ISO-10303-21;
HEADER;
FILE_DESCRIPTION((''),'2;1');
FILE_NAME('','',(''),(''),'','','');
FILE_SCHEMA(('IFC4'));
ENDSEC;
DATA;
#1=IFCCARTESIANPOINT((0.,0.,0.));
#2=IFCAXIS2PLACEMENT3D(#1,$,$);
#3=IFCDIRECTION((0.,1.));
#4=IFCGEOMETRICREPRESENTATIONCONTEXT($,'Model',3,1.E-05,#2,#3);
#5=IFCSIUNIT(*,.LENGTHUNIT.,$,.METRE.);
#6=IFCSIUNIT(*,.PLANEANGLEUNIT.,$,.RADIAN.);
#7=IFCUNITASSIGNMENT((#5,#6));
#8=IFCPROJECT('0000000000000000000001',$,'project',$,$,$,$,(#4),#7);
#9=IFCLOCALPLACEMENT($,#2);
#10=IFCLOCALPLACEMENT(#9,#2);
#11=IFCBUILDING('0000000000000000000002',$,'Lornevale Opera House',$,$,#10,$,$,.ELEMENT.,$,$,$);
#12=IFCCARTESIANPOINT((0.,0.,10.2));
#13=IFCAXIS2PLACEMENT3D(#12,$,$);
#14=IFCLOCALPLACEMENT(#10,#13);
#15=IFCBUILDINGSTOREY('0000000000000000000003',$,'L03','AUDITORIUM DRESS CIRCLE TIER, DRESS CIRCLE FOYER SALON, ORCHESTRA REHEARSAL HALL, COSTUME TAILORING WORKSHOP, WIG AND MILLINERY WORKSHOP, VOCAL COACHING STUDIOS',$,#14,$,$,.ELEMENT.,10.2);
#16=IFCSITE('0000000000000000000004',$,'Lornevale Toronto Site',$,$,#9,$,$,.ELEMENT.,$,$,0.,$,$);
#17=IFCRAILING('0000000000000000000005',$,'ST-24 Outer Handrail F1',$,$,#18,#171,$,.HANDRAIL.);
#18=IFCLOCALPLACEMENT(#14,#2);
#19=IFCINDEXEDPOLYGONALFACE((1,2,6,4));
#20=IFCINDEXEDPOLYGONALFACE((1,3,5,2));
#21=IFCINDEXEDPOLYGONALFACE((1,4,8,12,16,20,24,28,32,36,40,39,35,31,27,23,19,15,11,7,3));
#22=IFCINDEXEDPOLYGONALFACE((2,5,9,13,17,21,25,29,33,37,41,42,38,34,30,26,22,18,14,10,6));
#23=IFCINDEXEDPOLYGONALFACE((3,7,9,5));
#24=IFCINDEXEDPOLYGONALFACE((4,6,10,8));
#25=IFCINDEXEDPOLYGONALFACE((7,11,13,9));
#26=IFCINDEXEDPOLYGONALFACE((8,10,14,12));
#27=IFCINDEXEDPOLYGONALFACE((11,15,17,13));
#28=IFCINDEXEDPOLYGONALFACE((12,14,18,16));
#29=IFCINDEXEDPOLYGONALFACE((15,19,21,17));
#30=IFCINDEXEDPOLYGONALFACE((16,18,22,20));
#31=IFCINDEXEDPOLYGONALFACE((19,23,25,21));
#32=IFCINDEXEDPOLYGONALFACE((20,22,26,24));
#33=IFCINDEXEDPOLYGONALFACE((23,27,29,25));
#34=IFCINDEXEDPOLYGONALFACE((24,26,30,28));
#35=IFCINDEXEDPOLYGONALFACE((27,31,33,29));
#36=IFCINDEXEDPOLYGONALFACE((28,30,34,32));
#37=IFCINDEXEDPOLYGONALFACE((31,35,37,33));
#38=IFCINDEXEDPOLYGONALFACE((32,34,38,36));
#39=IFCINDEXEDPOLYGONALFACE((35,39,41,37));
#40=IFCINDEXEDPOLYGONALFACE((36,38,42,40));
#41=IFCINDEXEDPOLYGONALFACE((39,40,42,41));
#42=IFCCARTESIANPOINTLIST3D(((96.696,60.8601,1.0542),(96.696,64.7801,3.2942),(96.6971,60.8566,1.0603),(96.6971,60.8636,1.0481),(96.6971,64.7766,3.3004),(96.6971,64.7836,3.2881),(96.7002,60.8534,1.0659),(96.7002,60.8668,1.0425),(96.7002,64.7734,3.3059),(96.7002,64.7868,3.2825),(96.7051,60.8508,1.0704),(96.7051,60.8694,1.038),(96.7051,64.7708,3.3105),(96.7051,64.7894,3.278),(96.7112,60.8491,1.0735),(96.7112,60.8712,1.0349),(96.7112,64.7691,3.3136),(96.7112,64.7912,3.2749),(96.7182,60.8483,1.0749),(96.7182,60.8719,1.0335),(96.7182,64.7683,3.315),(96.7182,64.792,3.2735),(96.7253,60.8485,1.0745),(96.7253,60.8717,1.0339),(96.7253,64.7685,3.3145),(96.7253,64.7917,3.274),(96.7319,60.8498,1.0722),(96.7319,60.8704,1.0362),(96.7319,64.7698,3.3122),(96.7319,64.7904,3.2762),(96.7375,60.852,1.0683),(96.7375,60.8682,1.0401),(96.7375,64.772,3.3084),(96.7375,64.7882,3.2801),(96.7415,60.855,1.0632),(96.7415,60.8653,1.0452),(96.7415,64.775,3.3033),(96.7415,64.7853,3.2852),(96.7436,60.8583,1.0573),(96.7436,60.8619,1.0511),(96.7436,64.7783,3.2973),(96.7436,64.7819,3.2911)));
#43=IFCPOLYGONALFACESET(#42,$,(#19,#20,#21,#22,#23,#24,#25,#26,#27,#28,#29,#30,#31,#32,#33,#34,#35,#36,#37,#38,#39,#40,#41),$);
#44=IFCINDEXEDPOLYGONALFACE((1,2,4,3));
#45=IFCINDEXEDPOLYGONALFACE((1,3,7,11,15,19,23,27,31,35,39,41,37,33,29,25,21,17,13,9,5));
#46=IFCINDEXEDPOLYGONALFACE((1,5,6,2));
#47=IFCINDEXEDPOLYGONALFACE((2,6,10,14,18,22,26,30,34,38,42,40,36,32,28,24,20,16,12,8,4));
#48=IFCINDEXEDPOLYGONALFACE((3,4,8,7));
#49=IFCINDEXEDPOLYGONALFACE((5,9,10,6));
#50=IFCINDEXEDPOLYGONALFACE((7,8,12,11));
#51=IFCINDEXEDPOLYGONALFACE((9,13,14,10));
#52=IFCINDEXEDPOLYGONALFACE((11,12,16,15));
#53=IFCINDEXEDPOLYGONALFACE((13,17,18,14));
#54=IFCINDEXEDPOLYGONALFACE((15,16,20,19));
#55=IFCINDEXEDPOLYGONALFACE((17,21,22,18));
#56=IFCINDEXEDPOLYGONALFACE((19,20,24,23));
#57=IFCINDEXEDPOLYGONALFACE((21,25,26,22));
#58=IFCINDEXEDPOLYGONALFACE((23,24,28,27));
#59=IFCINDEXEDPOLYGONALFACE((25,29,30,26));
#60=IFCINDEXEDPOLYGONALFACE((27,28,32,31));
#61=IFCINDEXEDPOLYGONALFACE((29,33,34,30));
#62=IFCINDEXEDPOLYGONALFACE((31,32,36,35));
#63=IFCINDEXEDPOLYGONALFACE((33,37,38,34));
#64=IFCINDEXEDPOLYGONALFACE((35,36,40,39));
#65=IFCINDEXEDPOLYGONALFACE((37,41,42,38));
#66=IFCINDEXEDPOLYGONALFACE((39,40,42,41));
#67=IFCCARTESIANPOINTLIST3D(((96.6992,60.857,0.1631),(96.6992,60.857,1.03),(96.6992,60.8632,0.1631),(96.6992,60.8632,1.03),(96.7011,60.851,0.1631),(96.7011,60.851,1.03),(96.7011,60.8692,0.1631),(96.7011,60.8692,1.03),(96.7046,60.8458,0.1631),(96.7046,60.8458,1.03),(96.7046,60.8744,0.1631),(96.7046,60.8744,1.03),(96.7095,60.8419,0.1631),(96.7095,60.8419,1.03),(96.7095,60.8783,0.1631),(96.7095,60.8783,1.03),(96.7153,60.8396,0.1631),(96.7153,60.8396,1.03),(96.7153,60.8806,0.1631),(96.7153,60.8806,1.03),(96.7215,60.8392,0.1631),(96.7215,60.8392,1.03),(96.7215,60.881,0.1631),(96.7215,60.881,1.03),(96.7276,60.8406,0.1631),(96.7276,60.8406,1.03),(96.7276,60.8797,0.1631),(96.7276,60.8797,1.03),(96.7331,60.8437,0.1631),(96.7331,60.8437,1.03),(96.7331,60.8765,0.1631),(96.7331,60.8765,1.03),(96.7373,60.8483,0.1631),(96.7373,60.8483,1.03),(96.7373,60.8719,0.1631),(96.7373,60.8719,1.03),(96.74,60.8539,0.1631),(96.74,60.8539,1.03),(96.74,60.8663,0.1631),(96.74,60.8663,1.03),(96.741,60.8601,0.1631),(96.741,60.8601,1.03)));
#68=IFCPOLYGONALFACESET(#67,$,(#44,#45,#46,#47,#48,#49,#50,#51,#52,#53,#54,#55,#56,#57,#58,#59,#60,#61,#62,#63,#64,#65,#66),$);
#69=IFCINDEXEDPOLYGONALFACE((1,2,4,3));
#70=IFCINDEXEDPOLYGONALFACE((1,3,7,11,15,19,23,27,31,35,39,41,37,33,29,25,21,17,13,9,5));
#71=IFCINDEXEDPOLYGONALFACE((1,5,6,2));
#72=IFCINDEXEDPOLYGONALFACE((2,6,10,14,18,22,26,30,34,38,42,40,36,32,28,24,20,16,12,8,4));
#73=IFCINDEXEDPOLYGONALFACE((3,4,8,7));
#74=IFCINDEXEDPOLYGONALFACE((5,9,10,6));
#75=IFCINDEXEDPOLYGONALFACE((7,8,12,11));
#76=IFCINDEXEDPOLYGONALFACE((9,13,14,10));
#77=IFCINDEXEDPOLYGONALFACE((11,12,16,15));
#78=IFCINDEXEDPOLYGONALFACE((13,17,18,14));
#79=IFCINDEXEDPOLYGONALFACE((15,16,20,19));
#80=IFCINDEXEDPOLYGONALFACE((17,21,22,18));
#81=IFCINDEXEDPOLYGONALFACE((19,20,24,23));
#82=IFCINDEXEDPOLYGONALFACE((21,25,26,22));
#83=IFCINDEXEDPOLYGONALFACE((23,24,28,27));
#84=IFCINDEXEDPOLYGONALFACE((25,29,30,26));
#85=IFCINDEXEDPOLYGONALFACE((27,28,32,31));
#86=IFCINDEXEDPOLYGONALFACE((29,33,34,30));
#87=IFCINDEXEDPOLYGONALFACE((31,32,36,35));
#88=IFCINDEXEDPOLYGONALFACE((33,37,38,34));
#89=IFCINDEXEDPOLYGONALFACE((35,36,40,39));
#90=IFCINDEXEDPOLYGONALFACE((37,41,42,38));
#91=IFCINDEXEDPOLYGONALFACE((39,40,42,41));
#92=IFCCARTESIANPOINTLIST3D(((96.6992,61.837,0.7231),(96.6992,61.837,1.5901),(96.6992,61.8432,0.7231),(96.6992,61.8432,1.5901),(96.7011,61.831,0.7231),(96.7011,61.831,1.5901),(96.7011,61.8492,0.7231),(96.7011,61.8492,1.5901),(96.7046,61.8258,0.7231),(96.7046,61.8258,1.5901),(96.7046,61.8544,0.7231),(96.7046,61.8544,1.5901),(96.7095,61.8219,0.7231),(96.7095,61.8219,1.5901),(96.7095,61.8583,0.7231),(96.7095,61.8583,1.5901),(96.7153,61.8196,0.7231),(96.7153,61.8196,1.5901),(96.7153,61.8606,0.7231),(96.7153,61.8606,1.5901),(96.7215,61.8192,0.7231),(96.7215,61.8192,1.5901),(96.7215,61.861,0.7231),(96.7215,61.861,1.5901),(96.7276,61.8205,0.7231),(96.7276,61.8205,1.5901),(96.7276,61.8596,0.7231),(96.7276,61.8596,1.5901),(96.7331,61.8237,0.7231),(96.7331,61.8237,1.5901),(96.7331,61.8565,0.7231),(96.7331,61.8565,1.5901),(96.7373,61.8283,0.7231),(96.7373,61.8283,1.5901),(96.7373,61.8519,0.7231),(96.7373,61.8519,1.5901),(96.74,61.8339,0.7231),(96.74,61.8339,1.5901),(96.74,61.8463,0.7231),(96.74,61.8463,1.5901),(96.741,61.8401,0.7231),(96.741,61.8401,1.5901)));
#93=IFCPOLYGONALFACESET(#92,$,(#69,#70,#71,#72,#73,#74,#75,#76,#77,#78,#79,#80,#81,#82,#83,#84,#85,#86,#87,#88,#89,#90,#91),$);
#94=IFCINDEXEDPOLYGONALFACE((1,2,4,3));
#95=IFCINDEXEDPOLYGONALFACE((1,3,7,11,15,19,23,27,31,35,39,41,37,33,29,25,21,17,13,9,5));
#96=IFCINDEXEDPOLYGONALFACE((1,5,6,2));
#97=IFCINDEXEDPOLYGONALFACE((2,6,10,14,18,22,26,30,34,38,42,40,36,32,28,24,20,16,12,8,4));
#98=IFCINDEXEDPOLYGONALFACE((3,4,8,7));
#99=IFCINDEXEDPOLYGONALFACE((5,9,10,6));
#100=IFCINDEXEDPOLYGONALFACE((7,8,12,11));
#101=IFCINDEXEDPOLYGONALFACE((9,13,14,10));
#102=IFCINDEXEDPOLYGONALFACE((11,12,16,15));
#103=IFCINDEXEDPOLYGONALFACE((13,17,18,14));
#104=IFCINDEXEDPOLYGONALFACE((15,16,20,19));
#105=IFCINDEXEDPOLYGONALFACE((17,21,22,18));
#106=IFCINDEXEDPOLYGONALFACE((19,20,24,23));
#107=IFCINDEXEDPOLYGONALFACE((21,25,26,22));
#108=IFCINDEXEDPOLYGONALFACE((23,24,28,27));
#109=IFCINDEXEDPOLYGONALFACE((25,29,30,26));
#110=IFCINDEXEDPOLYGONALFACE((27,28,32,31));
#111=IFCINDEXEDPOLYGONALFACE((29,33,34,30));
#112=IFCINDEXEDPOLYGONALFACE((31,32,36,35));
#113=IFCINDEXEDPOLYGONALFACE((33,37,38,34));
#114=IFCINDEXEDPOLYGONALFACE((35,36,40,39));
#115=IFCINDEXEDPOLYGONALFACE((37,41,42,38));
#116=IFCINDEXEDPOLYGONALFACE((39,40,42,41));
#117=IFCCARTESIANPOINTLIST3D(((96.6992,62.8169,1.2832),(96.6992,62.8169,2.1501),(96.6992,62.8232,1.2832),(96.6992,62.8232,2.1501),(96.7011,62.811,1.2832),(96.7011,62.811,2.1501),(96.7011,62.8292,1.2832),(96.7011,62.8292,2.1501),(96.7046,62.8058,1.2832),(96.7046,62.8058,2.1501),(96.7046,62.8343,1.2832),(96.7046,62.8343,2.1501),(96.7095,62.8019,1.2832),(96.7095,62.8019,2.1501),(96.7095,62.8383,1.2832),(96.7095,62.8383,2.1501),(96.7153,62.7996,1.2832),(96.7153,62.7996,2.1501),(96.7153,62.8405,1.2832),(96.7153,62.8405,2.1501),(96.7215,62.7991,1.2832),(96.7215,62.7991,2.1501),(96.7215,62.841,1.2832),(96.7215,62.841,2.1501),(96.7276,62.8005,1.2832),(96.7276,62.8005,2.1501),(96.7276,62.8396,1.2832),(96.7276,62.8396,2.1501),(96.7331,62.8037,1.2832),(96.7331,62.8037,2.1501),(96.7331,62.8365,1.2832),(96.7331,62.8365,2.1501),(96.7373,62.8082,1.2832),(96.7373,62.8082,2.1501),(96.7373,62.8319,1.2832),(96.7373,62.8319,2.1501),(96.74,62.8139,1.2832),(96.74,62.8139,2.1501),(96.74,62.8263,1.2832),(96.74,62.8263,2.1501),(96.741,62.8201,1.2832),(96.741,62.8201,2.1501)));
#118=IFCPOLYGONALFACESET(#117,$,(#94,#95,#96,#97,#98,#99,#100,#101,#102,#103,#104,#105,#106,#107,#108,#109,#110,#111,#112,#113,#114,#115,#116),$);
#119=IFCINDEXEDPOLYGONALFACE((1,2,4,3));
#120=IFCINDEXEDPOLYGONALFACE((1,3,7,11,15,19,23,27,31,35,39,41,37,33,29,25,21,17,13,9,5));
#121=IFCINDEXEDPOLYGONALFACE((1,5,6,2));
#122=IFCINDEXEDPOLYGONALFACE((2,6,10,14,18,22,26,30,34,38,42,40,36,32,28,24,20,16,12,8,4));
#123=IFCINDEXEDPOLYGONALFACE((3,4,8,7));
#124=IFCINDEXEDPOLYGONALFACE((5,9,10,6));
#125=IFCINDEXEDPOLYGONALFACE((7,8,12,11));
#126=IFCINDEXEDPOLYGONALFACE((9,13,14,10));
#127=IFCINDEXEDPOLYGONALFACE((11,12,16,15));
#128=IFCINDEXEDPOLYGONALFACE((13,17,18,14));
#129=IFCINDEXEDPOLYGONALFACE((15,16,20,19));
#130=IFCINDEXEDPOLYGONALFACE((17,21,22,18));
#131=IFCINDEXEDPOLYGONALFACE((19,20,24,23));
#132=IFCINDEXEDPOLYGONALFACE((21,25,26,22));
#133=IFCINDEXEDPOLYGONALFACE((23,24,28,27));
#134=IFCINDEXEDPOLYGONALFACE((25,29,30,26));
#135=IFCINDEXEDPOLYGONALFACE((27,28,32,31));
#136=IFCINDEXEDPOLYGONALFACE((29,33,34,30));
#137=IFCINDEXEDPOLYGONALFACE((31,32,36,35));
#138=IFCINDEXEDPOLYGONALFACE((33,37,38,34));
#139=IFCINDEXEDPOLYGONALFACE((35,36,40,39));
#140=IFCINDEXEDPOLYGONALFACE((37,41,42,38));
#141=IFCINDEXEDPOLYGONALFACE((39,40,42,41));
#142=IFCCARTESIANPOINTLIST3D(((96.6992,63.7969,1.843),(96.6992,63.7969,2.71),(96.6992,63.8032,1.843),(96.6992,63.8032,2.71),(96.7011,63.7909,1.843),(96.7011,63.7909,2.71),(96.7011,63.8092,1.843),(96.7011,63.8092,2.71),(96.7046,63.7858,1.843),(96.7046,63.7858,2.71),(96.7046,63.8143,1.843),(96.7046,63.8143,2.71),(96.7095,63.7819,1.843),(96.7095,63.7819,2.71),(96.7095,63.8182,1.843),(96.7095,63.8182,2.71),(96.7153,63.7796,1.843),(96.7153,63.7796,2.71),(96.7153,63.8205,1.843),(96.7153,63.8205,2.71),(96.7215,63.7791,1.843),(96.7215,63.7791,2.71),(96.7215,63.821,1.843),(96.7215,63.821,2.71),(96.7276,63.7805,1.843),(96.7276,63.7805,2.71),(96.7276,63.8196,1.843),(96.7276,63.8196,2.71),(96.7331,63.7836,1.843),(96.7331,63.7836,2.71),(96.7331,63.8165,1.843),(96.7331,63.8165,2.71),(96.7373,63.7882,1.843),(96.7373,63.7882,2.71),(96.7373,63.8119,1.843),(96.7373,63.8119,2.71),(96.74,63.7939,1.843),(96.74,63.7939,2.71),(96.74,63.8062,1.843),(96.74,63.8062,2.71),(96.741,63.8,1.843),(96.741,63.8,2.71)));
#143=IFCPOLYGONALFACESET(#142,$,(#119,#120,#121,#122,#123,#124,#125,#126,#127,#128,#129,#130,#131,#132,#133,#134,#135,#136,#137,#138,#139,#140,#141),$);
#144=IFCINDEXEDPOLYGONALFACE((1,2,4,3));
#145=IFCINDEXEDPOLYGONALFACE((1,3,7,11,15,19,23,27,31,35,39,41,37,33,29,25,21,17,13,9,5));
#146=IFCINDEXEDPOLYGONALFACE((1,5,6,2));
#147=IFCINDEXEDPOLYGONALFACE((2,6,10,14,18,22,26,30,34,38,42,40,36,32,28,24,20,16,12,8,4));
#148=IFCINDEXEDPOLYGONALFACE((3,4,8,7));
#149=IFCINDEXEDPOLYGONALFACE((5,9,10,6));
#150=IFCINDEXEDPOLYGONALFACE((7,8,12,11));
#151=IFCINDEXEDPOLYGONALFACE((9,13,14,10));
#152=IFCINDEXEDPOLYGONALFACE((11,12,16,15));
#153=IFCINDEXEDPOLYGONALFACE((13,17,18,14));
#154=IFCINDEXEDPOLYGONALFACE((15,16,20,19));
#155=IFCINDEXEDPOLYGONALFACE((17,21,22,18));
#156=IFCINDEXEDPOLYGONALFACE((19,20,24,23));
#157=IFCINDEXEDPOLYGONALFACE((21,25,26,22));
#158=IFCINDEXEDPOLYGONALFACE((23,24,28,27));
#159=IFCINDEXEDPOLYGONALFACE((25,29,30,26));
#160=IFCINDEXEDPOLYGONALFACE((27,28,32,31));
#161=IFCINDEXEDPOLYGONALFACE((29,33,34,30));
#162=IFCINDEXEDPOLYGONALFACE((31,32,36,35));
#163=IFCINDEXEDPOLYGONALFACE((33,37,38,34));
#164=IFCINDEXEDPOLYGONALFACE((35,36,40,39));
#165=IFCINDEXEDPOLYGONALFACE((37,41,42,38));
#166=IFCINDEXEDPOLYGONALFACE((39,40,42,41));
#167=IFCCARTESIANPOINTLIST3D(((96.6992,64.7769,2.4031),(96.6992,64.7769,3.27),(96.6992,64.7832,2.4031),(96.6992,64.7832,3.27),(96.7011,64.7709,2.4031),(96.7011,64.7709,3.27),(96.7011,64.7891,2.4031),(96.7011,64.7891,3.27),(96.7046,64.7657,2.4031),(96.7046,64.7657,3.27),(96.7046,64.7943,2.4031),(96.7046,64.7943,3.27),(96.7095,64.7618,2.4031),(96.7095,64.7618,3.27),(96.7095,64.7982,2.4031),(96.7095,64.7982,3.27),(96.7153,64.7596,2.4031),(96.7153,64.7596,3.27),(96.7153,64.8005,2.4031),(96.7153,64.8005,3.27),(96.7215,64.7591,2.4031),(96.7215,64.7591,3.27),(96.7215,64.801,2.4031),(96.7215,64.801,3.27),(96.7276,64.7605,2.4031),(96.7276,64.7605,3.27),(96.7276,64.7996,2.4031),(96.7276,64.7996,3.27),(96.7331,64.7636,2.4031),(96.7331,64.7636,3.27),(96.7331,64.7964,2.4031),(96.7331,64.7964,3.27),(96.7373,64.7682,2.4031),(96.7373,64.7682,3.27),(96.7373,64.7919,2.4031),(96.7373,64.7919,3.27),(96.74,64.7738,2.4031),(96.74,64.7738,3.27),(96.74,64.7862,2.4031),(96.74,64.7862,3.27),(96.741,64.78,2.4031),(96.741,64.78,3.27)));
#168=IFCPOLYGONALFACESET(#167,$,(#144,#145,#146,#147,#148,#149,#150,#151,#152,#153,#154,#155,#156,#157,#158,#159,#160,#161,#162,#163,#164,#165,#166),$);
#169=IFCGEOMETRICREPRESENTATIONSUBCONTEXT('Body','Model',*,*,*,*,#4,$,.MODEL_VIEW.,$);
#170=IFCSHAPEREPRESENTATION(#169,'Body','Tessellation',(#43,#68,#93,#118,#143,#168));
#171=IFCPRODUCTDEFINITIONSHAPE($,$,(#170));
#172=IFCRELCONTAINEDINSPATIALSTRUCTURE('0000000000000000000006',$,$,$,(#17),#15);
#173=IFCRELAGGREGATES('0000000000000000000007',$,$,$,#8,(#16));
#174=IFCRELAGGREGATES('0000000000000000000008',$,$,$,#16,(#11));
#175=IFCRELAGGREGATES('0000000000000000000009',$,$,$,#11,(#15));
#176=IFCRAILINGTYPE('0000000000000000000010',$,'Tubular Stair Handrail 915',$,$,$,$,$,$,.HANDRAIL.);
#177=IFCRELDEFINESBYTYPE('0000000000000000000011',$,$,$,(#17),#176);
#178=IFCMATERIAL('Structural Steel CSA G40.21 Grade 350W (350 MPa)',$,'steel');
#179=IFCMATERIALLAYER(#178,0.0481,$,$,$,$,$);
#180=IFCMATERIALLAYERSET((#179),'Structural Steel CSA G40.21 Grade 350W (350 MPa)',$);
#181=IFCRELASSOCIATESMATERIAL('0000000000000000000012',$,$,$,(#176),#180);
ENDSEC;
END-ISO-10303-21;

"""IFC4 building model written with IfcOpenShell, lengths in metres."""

from ifc_helpers import new_model, si_unit, direction, frame, origin, origin_2d, place, context, subcontext, project, spatial, circle, extrude, material, layer, layer_set, type_object, element, save


model = new_model("IFC4")

# Units and contexts
model_context = context("Model", 3, precision=1e-05, world=origin(), true_north=direction((0.0, 1.0)))
body_context = subcontext(model_context, "Body", "Model", "MODEL_VIEW")
ifc_project = project(units=[si_unit("LENGTHUNIT", "METRE"), si_unit("PLANEANGLEUNIT", "RADIAN")], contexts=[model_context])

# Site, building, storey
site_placement = place(None, origin())
site = spatial("IfcSite", under=ifc_project, at=site_placement, Name="Lornevale Toronto Site", CompositionType="ELEMENT", RefElevation=0.0)
building_placement = place(site_placement, origin())
building = spatial("IfcBuilding", under=site, at=building_placement, Name="Lornevale Opera House", CompositionType="ELEMENT")
storey_placement = place(building_placement, frame((0.0, 0.0, 10.2)))
storey = spatial("IfcBuildingStorey", under=building, at=storey_placement, Name="L03", Description="AUDITORIUM DRESS CIRCLE TIER, DRESS CIRCLE FOYER SALON, ORCHESTRA REHEARSAL HALL, COSTUME TAILORING WORKSHOP, WIG AND MILLINERY WORKSHOP, VOCAL COACHING STUDIOS", CompositionType="ELEMENT", Elevation=10.2)

# Shared definitions
ifc_material_1 = material(Name="Structural Steel CSA G40.21 Grade 350W (350 MPa)", Category="steel")

# Railing
ifc_layer_1 = layer(ifc_material_1, 0.0481)
ifc_layer_set_1 = layer_set([ifc_layer_1], Name="Structural Steel CSA G40.21 Grade 350W (350 MPa)")
railing_type_1 = type_object("IfcRailingType", Name="Tubular Stair Handrail 915", PredefinedType="HANDRAIL", material=ifc_layer_set_1)
railing_1_placement = place(storey_placement, frame((96.72, 60.8601, 0.1631)))
element("IfcRailing", 1, at=railing_1_placement, inside=storey, type_object=railing_type_1, Name="ST-24 Outer Handrail F1", PredefinedType="HANDRAIL", context=body_context, shape_type="SweptSolid", body=[
    extrude(circle(Radius=0.0239, at=origin_2d()), frame((0.0, 0.0, 0.8911), z_axis=(0.0, 0.86824, 0.496145), x_axis=(-1.0, 0.0, 0.0)), (0.0, 0.0, 1.0), 4.5149),
    extrude(circle(Radius=0.021, at=origin_2d()), origin(), (0.0, 0.0, 1.0), 0.8669),
    extrude(circle(Radius=0.021, at=origin_2d()), frame((0.0, 0.98, 0.5601)), (0.0, 0.0, 1.0), 0.8669),
    extrude(circle(Radius=0.021, at=origin_2d()), frame((0.0, 1.96, 1.1201)), (0.0, 0.0, 1.0), 0.8669),
    extrude(circle(Radius=0.021, at=origin_2d()), frame((0.0, 2.9399, 1.6799)), (0.0, 0.0, 1.0), 0.8669),
    extrude(circle(Radius=0.021, at=origin_2d()), frame((0.0, 3.9199, 2.24)), (0.0, 0.0, 1.0), 0.8669),
])

save(model, "model.ifc")
